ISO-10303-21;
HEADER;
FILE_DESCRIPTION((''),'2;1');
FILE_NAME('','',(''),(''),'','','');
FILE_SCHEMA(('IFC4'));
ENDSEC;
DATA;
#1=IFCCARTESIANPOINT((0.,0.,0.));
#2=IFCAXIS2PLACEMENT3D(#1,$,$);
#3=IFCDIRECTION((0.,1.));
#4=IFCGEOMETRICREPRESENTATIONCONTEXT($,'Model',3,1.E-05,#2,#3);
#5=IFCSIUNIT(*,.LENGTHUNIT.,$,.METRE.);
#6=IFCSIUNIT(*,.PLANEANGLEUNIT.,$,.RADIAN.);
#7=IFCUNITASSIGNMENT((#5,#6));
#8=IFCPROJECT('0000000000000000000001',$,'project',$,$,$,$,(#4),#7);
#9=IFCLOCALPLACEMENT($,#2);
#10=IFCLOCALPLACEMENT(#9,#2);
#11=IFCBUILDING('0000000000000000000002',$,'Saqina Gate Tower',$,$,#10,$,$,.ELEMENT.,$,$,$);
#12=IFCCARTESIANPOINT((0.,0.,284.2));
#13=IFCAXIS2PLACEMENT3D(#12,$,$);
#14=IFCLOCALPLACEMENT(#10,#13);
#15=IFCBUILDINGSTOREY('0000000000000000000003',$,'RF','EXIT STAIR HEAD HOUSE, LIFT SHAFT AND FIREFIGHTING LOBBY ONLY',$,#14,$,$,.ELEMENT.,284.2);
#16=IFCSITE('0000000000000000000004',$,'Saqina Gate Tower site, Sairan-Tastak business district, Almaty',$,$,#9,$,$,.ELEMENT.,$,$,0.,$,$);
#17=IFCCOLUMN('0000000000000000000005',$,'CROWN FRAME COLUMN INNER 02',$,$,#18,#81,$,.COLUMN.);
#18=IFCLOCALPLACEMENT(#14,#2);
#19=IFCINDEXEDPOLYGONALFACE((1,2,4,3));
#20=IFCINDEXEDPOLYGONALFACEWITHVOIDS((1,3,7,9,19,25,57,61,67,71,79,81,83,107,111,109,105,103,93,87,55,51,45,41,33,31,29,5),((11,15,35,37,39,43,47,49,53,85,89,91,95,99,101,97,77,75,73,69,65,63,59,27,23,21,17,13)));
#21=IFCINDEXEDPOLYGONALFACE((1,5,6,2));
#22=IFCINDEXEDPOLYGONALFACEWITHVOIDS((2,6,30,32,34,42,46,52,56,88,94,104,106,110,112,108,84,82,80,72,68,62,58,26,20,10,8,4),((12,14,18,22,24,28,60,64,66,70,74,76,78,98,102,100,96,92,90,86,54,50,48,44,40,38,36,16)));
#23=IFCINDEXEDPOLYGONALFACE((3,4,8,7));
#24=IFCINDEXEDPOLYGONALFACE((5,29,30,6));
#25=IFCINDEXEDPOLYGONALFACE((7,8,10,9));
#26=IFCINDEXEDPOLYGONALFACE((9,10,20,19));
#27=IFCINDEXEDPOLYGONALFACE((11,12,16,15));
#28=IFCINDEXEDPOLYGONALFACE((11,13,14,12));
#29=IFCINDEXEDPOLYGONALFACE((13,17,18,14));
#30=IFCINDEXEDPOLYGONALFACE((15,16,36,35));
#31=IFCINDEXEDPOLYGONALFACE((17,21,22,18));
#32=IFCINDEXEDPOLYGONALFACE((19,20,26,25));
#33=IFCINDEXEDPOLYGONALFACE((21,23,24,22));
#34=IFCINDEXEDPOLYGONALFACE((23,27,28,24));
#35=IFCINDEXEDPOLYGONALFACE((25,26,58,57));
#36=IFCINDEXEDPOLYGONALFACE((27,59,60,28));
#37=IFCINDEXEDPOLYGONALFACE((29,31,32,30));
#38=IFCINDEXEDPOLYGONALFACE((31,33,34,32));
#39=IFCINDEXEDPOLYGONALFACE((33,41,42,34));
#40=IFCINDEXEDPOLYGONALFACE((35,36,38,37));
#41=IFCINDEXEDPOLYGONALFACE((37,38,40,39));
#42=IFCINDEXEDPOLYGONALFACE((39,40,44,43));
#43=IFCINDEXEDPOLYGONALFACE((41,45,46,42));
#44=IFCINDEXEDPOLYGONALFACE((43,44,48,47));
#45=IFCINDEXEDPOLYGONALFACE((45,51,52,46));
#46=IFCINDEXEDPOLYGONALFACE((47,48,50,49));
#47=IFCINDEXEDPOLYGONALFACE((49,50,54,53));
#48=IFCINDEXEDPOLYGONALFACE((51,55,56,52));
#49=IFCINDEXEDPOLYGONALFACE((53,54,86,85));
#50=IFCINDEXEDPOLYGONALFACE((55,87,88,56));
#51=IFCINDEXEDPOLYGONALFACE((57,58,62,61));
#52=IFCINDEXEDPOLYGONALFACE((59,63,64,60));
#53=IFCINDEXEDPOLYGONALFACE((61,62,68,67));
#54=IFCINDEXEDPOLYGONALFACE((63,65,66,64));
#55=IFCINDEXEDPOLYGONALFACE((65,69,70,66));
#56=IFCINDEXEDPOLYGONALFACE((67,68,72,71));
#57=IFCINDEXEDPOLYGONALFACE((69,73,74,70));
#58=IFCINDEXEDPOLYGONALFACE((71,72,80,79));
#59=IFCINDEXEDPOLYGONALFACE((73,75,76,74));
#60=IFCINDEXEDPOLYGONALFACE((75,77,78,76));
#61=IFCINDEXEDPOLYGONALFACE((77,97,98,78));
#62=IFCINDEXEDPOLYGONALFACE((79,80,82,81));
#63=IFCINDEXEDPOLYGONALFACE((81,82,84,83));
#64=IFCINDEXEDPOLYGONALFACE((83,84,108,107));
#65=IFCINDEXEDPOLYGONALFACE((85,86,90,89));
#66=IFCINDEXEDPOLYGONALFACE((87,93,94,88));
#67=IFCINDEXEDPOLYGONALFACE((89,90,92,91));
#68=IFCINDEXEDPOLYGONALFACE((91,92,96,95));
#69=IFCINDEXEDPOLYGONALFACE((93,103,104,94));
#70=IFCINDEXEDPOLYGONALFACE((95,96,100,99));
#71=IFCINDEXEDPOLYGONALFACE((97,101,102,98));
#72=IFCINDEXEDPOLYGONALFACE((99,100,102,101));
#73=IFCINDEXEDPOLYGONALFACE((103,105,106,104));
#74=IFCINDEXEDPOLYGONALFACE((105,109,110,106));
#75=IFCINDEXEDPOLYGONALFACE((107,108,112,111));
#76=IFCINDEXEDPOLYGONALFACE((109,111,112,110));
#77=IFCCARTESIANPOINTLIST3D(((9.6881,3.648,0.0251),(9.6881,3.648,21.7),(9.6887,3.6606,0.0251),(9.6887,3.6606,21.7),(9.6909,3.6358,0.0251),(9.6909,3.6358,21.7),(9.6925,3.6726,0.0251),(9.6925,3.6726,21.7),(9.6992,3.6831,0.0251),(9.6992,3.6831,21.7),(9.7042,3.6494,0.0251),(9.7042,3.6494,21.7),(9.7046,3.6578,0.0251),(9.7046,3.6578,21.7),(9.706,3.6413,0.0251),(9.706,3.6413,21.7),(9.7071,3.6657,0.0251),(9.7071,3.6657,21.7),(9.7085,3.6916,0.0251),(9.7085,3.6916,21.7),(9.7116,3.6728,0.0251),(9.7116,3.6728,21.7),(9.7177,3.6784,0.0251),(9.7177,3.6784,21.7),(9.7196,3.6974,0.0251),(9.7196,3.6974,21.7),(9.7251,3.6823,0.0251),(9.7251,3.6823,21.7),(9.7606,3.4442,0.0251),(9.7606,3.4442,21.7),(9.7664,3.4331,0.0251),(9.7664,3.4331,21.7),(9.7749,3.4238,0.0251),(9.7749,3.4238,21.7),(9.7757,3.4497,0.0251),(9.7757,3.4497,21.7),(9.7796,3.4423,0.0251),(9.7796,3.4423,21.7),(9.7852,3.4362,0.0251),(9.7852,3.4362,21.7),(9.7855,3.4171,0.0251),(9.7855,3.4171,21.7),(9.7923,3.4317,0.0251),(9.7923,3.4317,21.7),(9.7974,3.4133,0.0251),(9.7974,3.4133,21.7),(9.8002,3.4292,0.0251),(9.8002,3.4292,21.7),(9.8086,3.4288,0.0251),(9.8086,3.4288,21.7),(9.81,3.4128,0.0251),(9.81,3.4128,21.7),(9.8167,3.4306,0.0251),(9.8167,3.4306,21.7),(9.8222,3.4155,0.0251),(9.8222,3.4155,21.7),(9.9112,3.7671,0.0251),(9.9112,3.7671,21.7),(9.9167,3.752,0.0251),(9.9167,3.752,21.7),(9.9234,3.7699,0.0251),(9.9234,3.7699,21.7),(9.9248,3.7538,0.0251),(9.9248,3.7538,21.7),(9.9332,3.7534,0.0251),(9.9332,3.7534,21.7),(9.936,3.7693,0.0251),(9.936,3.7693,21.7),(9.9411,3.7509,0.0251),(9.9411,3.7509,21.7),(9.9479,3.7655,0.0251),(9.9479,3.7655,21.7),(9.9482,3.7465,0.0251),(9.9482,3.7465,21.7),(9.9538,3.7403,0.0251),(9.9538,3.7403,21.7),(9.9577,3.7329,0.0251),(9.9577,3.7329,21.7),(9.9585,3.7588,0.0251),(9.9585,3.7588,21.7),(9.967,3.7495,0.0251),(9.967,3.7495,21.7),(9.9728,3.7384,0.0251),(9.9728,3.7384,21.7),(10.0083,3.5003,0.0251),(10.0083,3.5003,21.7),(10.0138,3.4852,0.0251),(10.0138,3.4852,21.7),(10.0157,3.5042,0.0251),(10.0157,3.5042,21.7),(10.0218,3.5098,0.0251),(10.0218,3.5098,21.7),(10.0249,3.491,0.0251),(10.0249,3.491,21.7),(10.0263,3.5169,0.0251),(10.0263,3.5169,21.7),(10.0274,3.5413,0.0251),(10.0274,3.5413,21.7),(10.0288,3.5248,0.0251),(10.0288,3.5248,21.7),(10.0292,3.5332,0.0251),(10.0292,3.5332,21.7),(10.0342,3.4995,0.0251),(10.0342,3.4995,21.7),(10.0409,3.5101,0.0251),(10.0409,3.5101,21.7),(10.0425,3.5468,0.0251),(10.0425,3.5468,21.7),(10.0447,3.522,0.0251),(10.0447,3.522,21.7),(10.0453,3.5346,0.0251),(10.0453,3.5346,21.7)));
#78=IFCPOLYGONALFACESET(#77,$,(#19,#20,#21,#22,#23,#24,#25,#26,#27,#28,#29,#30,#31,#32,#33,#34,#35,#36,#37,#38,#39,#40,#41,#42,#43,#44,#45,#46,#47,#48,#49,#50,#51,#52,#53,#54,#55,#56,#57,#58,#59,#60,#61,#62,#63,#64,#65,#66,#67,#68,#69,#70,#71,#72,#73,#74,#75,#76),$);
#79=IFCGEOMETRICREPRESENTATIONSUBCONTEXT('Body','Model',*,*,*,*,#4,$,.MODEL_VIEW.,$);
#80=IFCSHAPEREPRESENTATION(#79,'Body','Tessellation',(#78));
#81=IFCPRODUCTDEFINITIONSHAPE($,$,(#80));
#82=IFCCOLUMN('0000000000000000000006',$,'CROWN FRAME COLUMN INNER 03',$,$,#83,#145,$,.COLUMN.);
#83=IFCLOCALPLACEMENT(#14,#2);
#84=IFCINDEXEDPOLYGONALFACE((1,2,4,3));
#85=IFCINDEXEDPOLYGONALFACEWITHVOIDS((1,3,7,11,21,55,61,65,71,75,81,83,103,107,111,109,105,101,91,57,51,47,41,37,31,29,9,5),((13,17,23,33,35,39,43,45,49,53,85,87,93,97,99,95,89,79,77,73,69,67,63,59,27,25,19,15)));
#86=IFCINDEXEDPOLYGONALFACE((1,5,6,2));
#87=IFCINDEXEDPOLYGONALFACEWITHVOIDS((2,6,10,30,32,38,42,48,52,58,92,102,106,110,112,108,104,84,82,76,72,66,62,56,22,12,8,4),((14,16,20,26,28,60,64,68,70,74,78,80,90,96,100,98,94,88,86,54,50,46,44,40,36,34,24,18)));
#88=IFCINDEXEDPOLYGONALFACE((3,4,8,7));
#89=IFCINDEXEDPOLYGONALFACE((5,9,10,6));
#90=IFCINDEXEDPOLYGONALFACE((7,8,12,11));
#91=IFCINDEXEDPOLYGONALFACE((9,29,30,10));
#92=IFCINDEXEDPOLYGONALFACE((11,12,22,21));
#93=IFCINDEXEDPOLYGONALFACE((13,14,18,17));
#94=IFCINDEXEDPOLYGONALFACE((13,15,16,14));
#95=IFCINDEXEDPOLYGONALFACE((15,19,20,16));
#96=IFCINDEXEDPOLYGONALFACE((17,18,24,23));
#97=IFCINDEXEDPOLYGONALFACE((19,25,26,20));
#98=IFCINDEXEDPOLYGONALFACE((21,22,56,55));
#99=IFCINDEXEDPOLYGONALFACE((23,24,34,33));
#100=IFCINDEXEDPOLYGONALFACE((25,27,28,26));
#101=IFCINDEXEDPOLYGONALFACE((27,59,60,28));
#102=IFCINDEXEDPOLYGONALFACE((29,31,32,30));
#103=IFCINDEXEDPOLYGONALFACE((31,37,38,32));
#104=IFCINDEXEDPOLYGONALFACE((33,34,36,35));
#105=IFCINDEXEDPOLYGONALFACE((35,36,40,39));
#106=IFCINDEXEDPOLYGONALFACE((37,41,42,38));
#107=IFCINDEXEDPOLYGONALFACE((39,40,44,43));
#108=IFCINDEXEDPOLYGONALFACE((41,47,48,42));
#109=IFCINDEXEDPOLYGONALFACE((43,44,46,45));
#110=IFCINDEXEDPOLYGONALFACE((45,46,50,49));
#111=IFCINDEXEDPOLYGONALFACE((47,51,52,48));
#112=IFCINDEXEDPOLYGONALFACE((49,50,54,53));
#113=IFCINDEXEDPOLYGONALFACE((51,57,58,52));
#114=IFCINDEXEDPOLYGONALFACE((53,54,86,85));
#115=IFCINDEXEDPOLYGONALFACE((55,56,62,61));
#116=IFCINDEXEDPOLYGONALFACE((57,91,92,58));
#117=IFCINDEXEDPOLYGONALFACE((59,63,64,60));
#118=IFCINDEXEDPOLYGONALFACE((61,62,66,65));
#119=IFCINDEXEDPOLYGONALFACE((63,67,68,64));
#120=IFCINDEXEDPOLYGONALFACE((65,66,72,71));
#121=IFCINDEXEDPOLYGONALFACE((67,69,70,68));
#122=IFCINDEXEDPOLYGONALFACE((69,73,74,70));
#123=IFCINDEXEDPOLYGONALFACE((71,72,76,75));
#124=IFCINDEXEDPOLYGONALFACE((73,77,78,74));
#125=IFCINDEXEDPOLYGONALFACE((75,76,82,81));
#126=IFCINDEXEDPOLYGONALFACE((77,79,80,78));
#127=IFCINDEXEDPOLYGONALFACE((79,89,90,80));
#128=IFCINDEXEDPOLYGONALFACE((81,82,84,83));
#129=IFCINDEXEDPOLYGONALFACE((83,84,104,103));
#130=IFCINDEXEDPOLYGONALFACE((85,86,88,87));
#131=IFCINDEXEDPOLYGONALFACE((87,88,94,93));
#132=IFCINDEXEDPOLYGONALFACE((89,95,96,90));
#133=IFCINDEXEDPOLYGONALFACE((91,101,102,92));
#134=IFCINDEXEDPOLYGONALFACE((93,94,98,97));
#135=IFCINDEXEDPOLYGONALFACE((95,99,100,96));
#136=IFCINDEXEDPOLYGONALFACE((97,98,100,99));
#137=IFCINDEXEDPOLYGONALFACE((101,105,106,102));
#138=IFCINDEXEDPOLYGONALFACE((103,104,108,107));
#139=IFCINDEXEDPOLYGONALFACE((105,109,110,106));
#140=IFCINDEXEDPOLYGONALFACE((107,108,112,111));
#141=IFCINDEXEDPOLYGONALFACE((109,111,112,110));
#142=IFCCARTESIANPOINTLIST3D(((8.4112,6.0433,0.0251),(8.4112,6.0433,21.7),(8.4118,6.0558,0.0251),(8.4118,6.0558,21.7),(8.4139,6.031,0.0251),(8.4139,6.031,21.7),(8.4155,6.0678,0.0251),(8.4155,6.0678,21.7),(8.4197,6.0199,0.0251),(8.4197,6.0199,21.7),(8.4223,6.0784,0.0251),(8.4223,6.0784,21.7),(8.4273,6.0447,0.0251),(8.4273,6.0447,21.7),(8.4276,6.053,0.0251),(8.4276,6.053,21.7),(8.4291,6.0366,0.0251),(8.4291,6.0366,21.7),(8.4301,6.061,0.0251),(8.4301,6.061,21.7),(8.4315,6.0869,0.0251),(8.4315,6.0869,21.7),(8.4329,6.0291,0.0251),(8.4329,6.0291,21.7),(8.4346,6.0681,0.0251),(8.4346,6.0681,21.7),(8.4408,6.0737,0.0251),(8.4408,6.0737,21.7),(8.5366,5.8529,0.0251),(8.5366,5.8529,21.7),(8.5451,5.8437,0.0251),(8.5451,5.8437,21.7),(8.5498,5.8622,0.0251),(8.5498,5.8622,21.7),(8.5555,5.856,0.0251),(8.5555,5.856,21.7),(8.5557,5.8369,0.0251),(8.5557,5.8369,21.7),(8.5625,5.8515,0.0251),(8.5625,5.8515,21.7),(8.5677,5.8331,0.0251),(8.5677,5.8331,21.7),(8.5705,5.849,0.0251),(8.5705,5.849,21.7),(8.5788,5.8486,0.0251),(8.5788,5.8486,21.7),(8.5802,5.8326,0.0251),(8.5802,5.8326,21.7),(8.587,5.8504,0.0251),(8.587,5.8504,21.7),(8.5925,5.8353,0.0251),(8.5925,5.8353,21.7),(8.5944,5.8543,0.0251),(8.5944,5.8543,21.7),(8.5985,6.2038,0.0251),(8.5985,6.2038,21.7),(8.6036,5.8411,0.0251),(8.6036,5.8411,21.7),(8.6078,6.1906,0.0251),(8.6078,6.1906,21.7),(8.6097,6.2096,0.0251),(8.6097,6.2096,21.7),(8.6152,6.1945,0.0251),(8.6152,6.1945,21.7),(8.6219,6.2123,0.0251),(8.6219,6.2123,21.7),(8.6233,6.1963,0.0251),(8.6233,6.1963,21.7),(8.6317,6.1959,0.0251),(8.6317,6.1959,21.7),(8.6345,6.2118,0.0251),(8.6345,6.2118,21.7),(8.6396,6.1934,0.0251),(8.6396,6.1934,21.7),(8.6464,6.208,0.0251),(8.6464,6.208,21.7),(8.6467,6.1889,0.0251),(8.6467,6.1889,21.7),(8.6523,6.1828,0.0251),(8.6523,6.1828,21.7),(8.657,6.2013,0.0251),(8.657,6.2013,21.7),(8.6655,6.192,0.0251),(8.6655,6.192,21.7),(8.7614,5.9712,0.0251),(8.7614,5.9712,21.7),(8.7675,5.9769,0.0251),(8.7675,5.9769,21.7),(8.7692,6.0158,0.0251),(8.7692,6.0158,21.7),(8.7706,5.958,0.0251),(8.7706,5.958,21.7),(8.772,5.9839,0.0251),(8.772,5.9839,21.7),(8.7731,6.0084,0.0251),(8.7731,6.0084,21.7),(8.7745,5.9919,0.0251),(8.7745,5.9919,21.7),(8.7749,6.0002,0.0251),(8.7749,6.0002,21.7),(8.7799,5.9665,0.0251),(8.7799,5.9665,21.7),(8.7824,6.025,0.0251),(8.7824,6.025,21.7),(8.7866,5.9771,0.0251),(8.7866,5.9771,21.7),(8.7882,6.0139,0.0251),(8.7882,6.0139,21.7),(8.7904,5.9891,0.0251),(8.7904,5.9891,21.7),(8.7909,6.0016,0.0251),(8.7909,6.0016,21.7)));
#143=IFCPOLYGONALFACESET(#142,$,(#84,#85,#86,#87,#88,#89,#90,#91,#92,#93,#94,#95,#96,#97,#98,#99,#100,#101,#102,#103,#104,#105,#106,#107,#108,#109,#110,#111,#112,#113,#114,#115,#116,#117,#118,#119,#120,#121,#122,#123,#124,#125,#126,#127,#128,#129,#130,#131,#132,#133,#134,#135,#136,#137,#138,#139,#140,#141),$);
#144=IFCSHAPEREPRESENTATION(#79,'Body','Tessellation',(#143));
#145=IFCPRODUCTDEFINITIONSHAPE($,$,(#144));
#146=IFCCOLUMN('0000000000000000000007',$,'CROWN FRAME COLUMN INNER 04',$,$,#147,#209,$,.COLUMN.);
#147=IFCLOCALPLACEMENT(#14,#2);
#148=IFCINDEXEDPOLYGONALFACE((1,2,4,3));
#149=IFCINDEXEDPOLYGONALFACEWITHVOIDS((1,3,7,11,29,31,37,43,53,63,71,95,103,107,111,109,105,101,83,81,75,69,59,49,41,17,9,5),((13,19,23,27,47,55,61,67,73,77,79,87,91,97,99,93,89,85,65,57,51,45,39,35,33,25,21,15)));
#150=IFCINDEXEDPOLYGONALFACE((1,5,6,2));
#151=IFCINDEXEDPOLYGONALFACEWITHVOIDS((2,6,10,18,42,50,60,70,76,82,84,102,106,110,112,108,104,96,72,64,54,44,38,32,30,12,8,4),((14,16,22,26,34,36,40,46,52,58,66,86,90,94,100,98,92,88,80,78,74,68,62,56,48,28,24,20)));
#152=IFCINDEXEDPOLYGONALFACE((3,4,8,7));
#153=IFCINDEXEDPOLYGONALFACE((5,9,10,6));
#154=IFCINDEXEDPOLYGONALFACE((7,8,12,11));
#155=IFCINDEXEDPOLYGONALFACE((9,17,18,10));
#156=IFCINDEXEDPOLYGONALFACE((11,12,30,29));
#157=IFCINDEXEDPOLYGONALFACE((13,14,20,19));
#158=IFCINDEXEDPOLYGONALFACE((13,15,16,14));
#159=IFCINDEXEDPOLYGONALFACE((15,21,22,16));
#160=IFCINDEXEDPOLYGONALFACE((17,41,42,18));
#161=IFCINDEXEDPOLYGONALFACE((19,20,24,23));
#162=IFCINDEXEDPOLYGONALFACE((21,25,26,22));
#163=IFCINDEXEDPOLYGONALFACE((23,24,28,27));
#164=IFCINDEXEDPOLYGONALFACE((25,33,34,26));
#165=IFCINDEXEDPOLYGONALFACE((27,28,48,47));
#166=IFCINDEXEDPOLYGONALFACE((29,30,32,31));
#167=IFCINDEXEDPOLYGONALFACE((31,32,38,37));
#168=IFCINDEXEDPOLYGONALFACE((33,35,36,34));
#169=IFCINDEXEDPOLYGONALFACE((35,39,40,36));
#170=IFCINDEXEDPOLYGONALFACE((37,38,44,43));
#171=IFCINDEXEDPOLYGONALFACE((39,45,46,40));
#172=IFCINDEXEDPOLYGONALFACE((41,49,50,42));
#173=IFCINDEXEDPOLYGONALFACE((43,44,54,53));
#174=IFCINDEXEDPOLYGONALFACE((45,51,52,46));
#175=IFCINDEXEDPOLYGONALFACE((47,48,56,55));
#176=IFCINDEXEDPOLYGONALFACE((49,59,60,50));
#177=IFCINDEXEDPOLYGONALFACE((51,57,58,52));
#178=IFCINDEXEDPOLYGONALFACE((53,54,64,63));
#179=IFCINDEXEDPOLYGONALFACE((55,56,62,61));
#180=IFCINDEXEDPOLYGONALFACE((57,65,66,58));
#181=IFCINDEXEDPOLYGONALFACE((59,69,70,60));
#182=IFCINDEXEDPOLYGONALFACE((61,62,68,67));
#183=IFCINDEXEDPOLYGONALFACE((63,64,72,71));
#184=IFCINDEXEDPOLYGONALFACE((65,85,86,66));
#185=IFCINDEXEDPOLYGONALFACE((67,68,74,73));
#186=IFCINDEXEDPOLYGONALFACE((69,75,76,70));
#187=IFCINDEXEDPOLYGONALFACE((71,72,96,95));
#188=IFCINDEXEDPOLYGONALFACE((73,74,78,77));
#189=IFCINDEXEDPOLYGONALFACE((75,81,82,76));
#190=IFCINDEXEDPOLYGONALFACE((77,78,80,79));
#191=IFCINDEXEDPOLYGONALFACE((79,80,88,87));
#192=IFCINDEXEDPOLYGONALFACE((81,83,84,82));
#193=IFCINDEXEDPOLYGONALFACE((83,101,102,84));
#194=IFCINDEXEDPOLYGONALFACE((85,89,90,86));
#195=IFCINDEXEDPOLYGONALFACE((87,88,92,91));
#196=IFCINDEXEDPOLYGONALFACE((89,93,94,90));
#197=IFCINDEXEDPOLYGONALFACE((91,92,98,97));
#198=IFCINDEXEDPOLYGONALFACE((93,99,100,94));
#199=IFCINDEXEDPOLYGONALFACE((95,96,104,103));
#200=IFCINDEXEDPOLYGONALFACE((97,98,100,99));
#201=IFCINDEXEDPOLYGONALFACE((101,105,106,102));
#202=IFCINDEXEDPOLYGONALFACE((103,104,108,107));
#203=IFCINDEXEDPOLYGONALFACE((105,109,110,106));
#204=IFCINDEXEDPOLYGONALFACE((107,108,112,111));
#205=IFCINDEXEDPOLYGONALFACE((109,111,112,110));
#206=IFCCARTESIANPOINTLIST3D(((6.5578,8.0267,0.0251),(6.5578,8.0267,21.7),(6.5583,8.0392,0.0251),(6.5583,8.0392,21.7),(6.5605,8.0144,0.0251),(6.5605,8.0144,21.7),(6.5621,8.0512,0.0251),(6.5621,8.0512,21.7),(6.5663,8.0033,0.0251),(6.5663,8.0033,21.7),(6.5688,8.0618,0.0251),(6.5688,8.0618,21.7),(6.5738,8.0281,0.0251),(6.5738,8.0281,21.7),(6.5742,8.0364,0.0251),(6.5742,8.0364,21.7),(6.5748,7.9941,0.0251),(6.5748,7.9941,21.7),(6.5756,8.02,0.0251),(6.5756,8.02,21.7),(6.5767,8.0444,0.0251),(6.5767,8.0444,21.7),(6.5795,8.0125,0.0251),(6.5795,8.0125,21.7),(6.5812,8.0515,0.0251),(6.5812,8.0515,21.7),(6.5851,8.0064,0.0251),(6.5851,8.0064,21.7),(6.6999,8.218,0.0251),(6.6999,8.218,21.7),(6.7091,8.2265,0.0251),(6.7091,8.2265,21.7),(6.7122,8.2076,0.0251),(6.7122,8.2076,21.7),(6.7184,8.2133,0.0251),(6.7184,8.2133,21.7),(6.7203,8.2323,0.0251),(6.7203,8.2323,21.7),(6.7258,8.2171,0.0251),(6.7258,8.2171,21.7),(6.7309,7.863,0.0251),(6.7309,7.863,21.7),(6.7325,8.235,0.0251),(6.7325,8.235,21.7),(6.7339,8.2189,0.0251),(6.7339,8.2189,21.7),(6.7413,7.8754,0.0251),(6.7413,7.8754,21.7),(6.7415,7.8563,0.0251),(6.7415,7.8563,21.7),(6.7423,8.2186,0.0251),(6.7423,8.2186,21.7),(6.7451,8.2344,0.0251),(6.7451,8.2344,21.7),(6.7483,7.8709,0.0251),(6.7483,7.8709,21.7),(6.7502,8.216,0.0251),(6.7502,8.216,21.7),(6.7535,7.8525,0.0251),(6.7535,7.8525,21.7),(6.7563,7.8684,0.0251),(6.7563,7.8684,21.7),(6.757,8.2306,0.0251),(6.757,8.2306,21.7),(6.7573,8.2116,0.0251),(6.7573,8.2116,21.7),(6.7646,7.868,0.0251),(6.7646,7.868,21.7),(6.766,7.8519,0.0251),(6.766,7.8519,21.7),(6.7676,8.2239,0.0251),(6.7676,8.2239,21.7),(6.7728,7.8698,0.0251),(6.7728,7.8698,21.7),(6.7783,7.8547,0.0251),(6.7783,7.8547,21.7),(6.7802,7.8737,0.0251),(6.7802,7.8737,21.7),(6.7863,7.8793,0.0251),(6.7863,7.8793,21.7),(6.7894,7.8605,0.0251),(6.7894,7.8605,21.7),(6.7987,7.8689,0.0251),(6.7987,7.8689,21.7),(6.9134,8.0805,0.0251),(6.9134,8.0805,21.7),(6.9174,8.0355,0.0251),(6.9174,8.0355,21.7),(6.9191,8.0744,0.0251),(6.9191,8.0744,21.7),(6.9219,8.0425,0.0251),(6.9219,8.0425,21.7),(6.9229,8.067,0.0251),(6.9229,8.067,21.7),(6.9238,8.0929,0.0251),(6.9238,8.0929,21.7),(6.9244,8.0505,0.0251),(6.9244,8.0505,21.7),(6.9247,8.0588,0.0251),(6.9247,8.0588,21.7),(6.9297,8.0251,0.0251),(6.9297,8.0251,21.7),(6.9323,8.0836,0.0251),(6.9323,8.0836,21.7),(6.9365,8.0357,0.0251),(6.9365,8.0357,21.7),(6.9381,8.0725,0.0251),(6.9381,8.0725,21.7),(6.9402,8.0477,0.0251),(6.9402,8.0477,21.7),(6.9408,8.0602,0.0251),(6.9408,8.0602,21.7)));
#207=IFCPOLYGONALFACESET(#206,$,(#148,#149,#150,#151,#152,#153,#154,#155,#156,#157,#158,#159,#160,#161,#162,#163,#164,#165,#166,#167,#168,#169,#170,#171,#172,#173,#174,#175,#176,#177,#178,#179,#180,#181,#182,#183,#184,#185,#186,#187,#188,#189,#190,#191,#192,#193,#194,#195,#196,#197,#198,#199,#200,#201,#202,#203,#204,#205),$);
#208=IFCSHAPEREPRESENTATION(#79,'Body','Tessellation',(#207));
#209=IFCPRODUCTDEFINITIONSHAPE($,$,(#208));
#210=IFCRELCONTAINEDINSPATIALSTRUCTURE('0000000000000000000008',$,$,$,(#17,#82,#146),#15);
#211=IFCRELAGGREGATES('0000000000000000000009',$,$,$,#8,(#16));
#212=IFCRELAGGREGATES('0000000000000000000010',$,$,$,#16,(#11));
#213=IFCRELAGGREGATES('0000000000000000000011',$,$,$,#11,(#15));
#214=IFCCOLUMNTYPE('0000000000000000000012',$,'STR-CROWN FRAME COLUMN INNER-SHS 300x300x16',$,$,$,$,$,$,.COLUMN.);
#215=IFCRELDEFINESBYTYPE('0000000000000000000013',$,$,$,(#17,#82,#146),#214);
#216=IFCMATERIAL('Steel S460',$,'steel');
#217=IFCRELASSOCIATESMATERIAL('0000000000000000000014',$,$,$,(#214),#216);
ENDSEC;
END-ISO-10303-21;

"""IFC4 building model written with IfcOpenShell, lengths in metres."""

from ifc_helpers import new_model, si_unit, direction, frame, origin, origin_2d, place, context, subcontext, project, spatial, hollow_rectangle, extrude, material, material_profile, profile_set, type_object, element, save


model = new_model("IFC4")

# Units and contexts
model_context = context("Model", 3, precision=1e-05, world=origin(), true_north=direction((0.0, 1.0)))
body_context = subcontext(model_context, "Body", "Model", "MODEL_VIEW")
ifc_project = project(units=[si_unit("LENGTHUNIT", "METRE"), si_unit("PLANEANGLEUNIT", "RADIAN")], contexts=[model_context])

# Site, building, storey
site_placement = place(None, origin())
site = spatial("IfcSite", under=ifc_project, at=site_placement, Name="Saqina Gate Tower site, Sairan-Tastak business district, Almaty", CompositionType="ELEMENT", RefElevation=0.0)
building_placement = place(site_placement, origin())
building = spatial("IfcBuilding", under=site, at=building_placement, Name="Saqina Gate Tower", CompositionType="ELEMENT")
storey_placement = place(building_placement, frame((0.0, 0.0, 284.2)))
storey = spatial("IfcBuildingStorey", under=building, at=storey_placement, Name="RF", Description="EXIT STAIR HEAD HOUSE, LIFT SHAFT AND FIREFIGHTING LOBBY ONLY", CompositionType="ELEMENT", Elevation=284.2)

# Columns
ifc_material_1 = material(Name="Steel S460", Category="steel")
ifc_material_profile_1 = material_profile(ifc_material_1, hollow_rectangle(XDim=0.3, YDim=0.3, WallThickness=0.0161, InnerFilletRadius=0.032, OuterFilletRadius=0.0481, at=origin_2d()), Name="SHS 300x300x16")
ifc_profile_set_1 = profile_set([ifc_material_profile_1], Name="Steel S460")
column_type = type_object("IfcColumnType", Name="STR-CROWN FRAME COLUMN INNER-SHS 300x300x16", PredefinedType="COLUMN", material=ifc_profile_set_1)
for number, where, z_axis, x_axis, name in (
    (1, (9.8667, 3.5913, 0.0251), (0.0, 0.0, 1.0), (0.939693, 0.34202, 0.0), "CROWN FRAME COLUMN INNER 02"),
    (2, (8.6011, 6.0225, 0.0251), (0.0, 0.0, 1.0), (0.819152, 0.573576, 0.0), "CROWN FRAME COLUMN INNER 03"),
    (3, (6.7493, 8.0435, 0.0251), (0.0, 0.0, 1.0), (0.642788, 0.766044, 0.0), "CROWN FRAME COLUMN INNER 04"),
):
    element("IfcColumn", number, at=place(storey_placement, frame(where, z_axis=z_axis, x_axis=x_axis)), inside=storey, type_object=column_type, Name=name, PredefinedType="COLUMN", context=body_context, shape_type="SweptSolid", body=[
        extrude(hollow_rectangle(XDim=0.3, YDim=0.3, WallThickness=0.0161, InnerFilletRadius=0.032, OuterFilletRadius=0.0481, at=origin_2d()), origin(), (0.0, 0.0, 1.0), 21.6748),
    ])

save(model, "model.ifc")
